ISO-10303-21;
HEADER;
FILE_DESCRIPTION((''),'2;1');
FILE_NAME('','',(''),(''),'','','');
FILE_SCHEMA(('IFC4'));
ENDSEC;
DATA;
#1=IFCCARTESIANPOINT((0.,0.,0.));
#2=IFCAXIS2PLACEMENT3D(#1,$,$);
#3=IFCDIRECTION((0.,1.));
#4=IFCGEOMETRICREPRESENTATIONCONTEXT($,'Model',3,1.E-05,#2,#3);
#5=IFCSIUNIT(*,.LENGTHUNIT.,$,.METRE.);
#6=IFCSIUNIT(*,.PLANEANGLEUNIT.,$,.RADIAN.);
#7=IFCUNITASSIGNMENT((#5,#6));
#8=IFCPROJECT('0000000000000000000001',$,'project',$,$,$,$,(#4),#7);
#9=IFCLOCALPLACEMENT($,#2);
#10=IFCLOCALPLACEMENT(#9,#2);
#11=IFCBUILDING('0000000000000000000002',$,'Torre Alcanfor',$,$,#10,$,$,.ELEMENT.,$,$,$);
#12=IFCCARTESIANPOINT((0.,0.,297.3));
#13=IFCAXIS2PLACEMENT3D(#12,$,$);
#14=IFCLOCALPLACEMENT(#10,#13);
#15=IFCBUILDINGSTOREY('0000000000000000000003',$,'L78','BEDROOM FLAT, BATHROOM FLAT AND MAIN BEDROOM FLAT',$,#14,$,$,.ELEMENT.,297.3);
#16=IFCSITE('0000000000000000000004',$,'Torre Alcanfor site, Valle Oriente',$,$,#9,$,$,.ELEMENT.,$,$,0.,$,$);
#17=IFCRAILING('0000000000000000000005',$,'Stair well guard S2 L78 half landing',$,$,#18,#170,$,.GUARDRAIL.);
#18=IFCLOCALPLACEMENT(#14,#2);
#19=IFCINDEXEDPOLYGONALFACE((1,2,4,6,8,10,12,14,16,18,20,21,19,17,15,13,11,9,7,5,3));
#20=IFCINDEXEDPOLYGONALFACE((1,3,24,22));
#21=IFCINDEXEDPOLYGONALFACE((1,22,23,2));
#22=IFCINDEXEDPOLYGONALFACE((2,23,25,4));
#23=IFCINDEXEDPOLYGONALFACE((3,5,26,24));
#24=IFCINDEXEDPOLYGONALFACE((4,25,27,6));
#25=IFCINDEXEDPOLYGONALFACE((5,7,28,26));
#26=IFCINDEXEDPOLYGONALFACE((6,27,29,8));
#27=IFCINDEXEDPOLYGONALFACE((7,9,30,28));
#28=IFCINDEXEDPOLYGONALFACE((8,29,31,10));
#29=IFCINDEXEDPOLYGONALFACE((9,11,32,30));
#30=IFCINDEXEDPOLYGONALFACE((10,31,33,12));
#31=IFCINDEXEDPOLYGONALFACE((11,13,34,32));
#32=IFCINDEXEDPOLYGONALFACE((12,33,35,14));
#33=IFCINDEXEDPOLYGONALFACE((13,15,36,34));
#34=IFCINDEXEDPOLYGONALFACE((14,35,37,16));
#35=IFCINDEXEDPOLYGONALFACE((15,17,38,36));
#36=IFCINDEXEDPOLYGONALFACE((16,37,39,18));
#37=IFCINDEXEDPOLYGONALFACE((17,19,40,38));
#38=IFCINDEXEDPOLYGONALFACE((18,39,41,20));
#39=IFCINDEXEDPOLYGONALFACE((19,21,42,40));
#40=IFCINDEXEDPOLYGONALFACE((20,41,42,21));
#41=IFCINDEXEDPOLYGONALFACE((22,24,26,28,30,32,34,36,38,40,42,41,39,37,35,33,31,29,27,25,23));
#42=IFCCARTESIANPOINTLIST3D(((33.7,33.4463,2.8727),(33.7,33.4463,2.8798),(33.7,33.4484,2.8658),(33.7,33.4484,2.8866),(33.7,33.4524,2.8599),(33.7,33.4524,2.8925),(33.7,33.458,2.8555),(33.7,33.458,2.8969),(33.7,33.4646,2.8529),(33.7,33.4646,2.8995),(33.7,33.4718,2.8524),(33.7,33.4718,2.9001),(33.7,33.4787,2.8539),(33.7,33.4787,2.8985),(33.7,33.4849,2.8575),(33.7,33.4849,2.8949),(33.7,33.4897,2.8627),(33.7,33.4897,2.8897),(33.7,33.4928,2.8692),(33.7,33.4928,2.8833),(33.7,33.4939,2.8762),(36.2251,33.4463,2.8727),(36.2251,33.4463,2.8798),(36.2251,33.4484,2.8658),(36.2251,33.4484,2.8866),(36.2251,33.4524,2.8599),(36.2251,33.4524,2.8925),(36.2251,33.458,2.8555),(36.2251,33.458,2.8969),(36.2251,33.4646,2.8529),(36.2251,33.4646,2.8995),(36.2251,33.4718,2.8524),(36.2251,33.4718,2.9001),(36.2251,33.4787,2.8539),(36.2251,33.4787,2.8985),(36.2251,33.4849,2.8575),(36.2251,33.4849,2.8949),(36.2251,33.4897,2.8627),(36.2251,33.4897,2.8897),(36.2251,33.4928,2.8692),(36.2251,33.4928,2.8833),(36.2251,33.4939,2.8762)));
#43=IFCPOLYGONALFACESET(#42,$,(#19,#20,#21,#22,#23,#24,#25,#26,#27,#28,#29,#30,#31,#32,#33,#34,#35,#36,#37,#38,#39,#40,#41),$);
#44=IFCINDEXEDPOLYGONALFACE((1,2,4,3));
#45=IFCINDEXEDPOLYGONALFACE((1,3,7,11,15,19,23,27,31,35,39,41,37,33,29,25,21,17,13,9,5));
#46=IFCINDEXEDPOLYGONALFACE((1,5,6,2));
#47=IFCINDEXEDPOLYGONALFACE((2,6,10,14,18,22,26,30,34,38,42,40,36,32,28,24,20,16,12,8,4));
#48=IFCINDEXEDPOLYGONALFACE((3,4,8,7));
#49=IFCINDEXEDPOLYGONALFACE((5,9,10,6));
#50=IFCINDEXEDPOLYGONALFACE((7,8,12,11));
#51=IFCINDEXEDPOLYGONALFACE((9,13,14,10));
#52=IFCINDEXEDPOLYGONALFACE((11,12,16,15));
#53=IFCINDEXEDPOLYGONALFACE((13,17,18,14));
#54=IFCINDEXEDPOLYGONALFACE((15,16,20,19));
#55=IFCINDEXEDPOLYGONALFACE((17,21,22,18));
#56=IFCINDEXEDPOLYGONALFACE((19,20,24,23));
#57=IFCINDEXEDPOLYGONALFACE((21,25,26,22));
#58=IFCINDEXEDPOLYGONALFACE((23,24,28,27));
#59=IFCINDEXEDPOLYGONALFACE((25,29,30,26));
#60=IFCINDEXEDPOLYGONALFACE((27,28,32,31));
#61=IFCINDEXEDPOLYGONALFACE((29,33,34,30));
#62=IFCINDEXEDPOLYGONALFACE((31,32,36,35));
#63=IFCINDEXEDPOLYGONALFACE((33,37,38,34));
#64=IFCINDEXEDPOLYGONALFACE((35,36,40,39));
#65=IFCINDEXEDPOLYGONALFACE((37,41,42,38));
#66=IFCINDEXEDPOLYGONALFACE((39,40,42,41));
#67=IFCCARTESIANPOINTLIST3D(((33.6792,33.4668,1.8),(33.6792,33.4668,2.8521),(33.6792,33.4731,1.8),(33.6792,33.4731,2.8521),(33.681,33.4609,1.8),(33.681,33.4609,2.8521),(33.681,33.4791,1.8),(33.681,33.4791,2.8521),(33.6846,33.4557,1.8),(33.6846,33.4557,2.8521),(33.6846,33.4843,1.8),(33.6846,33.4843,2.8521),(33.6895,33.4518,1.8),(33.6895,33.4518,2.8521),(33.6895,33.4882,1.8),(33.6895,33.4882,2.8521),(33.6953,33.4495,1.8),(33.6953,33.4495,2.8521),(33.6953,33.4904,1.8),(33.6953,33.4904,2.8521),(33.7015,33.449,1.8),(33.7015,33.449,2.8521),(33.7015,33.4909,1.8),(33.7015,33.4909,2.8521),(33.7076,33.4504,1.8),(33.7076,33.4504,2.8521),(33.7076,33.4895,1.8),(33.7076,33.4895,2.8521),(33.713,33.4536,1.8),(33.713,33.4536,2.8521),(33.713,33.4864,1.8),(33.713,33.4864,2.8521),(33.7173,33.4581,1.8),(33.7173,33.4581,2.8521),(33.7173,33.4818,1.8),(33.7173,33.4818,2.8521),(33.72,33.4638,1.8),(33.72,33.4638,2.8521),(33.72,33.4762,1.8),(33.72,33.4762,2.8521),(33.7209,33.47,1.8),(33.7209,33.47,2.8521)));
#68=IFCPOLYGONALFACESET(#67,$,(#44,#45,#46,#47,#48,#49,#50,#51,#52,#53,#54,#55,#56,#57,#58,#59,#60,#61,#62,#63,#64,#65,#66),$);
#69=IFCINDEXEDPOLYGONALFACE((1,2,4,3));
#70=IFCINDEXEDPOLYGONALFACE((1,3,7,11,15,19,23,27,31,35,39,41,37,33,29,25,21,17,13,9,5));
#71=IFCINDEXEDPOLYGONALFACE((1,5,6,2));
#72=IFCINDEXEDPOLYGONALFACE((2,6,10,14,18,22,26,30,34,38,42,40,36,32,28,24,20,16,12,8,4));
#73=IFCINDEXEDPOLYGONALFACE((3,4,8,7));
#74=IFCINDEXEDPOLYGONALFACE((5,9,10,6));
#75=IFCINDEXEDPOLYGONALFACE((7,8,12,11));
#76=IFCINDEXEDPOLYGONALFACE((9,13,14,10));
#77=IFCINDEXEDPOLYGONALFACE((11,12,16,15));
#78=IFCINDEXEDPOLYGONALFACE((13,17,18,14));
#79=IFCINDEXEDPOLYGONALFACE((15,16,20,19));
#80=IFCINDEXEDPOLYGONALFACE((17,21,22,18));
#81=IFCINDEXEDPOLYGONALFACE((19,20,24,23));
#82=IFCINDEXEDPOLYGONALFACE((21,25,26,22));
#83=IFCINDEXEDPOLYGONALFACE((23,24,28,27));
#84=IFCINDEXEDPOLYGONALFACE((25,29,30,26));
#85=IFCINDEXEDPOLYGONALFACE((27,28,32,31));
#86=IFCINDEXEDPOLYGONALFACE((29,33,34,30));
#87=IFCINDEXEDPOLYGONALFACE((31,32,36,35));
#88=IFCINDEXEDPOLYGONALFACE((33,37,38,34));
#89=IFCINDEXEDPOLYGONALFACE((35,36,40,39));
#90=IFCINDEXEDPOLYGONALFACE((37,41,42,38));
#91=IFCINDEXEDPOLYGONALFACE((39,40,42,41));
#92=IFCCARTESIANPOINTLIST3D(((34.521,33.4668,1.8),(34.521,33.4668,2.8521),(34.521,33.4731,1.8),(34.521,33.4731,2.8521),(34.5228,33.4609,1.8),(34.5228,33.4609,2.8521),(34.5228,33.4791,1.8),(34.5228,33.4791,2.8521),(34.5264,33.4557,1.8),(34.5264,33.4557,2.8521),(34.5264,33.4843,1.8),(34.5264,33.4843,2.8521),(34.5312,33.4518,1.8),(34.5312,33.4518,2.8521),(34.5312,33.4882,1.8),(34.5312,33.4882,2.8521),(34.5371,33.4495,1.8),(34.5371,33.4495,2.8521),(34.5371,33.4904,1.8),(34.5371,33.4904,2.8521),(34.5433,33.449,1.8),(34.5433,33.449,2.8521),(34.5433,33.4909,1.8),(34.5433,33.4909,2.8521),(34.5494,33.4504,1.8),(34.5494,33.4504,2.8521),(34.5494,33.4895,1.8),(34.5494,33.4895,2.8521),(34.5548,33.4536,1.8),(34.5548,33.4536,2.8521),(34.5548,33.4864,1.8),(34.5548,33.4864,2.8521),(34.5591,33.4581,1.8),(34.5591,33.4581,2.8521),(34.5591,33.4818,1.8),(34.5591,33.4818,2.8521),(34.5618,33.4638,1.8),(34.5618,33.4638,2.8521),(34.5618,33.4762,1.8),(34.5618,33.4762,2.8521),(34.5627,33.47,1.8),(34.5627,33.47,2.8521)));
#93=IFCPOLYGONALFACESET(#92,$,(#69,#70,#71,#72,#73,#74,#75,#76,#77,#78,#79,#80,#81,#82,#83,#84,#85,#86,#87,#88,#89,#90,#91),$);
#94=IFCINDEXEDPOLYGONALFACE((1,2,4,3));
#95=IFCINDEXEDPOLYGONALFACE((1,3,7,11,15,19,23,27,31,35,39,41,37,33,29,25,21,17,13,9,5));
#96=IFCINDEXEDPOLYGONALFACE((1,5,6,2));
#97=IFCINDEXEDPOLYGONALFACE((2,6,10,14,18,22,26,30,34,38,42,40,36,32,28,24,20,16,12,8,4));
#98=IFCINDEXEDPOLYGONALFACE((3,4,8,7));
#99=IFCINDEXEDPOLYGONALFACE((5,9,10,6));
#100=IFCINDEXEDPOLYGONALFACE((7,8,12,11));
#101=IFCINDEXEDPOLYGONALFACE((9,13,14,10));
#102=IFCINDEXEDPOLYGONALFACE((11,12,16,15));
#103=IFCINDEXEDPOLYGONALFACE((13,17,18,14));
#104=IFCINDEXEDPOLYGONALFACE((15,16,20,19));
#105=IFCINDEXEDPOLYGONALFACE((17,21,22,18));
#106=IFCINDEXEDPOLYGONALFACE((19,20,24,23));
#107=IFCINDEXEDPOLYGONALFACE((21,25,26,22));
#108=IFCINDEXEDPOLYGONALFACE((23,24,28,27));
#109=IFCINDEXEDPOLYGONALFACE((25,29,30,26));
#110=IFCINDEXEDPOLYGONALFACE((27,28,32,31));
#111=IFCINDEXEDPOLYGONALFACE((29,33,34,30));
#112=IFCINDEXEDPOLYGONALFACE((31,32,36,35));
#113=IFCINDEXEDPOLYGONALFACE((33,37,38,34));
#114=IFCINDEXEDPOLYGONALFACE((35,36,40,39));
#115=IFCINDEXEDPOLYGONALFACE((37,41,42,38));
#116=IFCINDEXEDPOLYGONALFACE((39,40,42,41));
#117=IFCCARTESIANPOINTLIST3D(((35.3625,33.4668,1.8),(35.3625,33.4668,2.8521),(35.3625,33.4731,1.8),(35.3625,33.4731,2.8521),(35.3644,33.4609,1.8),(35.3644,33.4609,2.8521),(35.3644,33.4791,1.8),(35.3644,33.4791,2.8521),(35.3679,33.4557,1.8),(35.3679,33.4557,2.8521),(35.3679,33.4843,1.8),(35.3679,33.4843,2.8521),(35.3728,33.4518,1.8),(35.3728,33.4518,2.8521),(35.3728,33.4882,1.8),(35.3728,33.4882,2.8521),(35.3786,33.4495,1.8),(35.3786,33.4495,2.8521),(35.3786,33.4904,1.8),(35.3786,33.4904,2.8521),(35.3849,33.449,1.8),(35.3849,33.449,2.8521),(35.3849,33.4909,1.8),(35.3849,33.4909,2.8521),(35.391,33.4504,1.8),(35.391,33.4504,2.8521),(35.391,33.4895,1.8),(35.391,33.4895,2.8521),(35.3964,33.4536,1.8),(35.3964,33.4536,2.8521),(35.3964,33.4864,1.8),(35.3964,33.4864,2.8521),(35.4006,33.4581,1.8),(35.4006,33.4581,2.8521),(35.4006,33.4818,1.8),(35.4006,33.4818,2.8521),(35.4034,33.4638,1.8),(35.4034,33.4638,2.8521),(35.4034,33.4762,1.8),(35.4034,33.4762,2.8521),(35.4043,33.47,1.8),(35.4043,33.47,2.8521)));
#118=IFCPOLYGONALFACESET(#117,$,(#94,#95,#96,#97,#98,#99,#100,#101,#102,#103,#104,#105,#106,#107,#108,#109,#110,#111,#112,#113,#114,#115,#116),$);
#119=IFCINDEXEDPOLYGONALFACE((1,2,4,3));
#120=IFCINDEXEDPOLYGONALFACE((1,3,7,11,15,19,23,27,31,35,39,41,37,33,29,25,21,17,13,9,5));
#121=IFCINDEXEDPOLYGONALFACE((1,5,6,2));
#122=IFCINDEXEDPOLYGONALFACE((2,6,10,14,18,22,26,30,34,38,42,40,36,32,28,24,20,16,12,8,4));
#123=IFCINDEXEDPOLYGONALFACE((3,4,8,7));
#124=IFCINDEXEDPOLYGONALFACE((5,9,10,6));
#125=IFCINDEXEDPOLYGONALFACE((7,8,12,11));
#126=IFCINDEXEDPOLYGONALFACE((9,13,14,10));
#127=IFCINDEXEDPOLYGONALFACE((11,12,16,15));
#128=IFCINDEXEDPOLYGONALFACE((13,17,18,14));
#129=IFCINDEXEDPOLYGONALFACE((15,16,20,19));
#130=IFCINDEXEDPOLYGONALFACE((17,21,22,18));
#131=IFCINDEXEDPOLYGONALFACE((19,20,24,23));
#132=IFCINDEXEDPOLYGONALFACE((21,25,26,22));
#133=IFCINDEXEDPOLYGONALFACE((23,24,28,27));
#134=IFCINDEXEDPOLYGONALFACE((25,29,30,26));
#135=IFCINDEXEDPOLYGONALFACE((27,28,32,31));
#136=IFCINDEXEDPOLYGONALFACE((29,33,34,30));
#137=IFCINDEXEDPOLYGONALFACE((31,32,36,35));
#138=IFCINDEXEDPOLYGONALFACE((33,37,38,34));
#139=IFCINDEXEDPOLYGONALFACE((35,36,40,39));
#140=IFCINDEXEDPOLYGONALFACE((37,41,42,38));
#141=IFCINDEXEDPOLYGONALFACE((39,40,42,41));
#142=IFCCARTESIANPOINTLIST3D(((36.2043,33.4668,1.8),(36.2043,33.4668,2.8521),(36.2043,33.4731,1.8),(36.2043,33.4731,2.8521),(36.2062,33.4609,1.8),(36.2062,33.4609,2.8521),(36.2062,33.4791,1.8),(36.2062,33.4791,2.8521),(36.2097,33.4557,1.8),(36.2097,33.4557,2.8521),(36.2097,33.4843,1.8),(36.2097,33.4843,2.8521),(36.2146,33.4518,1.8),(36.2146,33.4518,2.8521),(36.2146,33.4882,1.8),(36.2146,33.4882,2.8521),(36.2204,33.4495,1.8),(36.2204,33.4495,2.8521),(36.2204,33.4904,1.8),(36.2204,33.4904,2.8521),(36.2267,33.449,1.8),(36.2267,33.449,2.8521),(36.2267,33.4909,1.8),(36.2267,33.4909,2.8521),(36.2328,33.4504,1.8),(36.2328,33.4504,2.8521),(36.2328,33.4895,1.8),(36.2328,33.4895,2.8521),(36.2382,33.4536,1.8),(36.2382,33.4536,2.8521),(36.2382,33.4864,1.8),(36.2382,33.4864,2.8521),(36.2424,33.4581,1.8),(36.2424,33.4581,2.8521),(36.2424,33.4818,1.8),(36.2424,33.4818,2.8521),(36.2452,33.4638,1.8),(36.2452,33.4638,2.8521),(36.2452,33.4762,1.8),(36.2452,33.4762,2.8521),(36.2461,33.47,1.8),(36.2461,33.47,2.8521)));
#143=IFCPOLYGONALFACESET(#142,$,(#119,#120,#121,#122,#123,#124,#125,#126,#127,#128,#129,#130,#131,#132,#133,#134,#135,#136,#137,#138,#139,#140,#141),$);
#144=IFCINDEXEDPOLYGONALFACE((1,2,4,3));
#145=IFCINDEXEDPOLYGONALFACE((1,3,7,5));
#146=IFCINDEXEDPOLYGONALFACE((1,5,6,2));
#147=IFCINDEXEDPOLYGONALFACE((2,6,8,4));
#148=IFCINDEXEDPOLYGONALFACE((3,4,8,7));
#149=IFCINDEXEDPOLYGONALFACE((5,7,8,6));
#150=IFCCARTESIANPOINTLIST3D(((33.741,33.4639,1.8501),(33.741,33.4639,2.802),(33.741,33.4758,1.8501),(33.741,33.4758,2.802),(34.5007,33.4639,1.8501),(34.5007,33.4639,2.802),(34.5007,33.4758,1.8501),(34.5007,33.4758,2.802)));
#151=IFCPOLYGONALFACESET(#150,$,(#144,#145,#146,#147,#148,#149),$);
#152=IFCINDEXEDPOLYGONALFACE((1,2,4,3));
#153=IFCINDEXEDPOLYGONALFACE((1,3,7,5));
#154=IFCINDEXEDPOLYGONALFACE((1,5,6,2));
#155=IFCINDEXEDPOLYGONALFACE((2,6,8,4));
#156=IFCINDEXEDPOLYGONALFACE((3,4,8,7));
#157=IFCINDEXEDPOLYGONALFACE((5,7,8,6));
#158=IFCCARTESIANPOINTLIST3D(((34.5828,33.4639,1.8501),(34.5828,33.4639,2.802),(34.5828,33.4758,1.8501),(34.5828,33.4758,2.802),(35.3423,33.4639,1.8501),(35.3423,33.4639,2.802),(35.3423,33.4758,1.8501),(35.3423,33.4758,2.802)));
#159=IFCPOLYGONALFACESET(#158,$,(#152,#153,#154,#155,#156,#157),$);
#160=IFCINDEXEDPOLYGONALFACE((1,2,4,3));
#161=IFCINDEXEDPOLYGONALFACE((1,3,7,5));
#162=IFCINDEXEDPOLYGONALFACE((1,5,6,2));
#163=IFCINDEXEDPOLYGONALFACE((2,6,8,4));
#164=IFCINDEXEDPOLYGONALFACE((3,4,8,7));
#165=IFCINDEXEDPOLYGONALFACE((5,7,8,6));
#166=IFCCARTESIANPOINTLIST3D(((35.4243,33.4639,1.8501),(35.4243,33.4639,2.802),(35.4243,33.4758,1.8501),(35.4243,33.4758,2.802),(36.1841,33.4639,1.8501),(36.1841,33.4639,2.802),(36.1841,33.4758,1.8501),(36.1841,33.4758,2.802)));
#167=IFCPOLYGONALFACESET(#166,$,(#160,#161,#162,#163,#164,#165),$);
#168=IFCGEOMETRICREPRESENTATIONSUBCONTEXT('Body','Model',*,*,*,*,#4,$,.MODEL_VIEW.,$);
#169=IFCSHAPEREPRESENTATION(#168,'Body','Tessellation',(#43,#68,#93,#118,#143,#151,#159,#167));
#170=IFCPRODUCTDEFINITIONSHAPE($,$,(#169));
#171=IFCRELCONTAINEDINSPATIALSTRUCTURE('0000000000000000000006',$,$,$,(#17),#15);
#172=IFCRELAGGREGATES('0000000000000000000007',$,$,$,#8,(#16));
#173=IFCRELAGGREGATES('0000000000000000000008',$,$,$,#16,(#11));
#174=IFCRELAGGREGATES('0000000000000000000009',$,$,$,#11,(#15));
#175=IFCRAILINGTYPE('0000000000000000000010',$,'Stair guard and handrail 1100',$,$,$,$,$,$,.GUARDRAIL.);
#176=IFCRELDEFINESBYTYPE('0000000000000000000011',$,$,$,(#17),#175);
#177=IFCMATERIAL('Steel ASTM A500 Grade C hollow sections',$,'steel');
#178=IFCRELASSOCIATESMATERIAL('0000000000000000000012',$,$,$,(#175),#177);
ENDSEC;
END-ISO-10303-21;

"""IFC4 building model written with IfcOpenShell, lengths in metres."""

from ifc_helpers import new_model, si_unit, direction, frame, origin, origin_2d, place, context, subcontext, project, spatial, polyline, circle, outline, extrude, material, type_object, element, save


model = new_model("IFC4")

# Units and contexts
model_context = context("Model", 3, precision=1e-05, world=origin(), true_north=direction((0.0, 1.0)))
body_context = subcontext(model_context, "Body", "Model", "MODEL_VIEW")
ifc_project = project(units=[si_unit("LENGTHUNIT", "METRE"), si_unit("PLANEANGLEUNIT", "RADIAN")], contexts=[model_context])

# Site, building, storey
site_placement = place(None, origin())
site = spatial("IfcSite", under=ifc_project, at=site_placement, Name="Torre Alcanfor site, Valle Oriente", CompositionType="ELEMENT", RefElevation=0.0)
building_placement = place(site_placement, origin())
building = spatial("IfcBuilding", under=site, at=building_placement, Name="Torre Alcanfor", CompositionType="ELEMENT")
storey_placement = place(building_placement, frame((0.0, 0.0, 297.3)))
storey = spatial("IfcBuildingStorey", under=building, at=storey_placement, Name="L78", Description="BEDROOM FLAT, BATHROOM FLAT AND MAIN BEDROOM FLAT", CompositionType="ELEMENT", Elevation=297.3)

# Railing
ifc_material_1 = material(Name="Steel ASTM A500 Grade C hollow sections", Category="steel")
railing_type_1 = type_object("IfcRailingType", Name="Stair guard and handrail 1100", PredefinedType="GUARDRAIL", material=ifc_material_1)
for number, where, name in (
    (1, (33.7, 33.47, 1.8), "Stair well guard S2 L78 half landing"),
):
    element("IfcRailing", number, at=place(storey_placement, frame(where)), inside=storey, type_object=railing_type_1, Name=name, PredefinedType="GUARDRAIL", context=body_context, shape_type="SweptSolid", body=[
        extrude(circle(Radius=0.0239, at=origin_2d()), frame((0.0, 0.0, 1.0762), z_axis=(1.0, 0.0, 0.0), x_axis=(0.0, 1.0, 0.0)), (0.0, 0.0, 1.0), 2.5251),
        extrude(circle(Radius=0.021, at=origin_2d()), origin(), (0.0, 0.0, 1.0), 1.052),
        extrude(circle(Radius=0.021, at=origin_2d()), frame((0.8418, 0.0, 0.0)), (0.0, 0.0, 1.0), 1.052),
        extrude(circle(Radius=0.021, at=origin_2d()), frame((1.6833, 0.0, 0.0)), (0.0, 0.0, 1.0), 1.052),
        extrude(circle(Radius=0.021, at=origin_2d()), frame((2.5251, 0.0, 0.0)), (0.0, 0.0, 1.0), 1.052),
        extrude(outline(polyline([(0.041, 0.05), (0.8008, 0.05), (0.8008, 1.002), (0.041, 1.002), (0.041, 0.05)])), frame((0.0, 0.0059, 0.0), z_axis=(0.0, -1.0, 0.0), x_axis=(1.0, 0.0, 0.0)), (0.0, 0.0, 1.0), 0.012),
        extrude(outline(polyline([(0.8828, 0.05), (1.6423, 0.05), (1.6423, 1.002), (0.8828, 1.002), (0.8828, 0.05)])), frame((0.0, 0.0059, 0.0), z_axis=(0.0, -1.0, 0.0), x_axis=(1.0, 0.0, 0.0)), (0.0, 0.0, 1.0), 0.012),
        extrude(outline(polyline([(1.7244, 0.05), (2.4841, 0.05), (2.4841, 1.002), (1.7244, 1.002), (1.7244, 0.05)])), frame((0.0, 0.0059, 0.0), z_axis=(0.0, -1.0, 0.0), x_axis=(1.0, 0.0, 0.0)), (0.0, 0.0, 1.0), 0.012),
    ])

save(model, "model.ifc")
